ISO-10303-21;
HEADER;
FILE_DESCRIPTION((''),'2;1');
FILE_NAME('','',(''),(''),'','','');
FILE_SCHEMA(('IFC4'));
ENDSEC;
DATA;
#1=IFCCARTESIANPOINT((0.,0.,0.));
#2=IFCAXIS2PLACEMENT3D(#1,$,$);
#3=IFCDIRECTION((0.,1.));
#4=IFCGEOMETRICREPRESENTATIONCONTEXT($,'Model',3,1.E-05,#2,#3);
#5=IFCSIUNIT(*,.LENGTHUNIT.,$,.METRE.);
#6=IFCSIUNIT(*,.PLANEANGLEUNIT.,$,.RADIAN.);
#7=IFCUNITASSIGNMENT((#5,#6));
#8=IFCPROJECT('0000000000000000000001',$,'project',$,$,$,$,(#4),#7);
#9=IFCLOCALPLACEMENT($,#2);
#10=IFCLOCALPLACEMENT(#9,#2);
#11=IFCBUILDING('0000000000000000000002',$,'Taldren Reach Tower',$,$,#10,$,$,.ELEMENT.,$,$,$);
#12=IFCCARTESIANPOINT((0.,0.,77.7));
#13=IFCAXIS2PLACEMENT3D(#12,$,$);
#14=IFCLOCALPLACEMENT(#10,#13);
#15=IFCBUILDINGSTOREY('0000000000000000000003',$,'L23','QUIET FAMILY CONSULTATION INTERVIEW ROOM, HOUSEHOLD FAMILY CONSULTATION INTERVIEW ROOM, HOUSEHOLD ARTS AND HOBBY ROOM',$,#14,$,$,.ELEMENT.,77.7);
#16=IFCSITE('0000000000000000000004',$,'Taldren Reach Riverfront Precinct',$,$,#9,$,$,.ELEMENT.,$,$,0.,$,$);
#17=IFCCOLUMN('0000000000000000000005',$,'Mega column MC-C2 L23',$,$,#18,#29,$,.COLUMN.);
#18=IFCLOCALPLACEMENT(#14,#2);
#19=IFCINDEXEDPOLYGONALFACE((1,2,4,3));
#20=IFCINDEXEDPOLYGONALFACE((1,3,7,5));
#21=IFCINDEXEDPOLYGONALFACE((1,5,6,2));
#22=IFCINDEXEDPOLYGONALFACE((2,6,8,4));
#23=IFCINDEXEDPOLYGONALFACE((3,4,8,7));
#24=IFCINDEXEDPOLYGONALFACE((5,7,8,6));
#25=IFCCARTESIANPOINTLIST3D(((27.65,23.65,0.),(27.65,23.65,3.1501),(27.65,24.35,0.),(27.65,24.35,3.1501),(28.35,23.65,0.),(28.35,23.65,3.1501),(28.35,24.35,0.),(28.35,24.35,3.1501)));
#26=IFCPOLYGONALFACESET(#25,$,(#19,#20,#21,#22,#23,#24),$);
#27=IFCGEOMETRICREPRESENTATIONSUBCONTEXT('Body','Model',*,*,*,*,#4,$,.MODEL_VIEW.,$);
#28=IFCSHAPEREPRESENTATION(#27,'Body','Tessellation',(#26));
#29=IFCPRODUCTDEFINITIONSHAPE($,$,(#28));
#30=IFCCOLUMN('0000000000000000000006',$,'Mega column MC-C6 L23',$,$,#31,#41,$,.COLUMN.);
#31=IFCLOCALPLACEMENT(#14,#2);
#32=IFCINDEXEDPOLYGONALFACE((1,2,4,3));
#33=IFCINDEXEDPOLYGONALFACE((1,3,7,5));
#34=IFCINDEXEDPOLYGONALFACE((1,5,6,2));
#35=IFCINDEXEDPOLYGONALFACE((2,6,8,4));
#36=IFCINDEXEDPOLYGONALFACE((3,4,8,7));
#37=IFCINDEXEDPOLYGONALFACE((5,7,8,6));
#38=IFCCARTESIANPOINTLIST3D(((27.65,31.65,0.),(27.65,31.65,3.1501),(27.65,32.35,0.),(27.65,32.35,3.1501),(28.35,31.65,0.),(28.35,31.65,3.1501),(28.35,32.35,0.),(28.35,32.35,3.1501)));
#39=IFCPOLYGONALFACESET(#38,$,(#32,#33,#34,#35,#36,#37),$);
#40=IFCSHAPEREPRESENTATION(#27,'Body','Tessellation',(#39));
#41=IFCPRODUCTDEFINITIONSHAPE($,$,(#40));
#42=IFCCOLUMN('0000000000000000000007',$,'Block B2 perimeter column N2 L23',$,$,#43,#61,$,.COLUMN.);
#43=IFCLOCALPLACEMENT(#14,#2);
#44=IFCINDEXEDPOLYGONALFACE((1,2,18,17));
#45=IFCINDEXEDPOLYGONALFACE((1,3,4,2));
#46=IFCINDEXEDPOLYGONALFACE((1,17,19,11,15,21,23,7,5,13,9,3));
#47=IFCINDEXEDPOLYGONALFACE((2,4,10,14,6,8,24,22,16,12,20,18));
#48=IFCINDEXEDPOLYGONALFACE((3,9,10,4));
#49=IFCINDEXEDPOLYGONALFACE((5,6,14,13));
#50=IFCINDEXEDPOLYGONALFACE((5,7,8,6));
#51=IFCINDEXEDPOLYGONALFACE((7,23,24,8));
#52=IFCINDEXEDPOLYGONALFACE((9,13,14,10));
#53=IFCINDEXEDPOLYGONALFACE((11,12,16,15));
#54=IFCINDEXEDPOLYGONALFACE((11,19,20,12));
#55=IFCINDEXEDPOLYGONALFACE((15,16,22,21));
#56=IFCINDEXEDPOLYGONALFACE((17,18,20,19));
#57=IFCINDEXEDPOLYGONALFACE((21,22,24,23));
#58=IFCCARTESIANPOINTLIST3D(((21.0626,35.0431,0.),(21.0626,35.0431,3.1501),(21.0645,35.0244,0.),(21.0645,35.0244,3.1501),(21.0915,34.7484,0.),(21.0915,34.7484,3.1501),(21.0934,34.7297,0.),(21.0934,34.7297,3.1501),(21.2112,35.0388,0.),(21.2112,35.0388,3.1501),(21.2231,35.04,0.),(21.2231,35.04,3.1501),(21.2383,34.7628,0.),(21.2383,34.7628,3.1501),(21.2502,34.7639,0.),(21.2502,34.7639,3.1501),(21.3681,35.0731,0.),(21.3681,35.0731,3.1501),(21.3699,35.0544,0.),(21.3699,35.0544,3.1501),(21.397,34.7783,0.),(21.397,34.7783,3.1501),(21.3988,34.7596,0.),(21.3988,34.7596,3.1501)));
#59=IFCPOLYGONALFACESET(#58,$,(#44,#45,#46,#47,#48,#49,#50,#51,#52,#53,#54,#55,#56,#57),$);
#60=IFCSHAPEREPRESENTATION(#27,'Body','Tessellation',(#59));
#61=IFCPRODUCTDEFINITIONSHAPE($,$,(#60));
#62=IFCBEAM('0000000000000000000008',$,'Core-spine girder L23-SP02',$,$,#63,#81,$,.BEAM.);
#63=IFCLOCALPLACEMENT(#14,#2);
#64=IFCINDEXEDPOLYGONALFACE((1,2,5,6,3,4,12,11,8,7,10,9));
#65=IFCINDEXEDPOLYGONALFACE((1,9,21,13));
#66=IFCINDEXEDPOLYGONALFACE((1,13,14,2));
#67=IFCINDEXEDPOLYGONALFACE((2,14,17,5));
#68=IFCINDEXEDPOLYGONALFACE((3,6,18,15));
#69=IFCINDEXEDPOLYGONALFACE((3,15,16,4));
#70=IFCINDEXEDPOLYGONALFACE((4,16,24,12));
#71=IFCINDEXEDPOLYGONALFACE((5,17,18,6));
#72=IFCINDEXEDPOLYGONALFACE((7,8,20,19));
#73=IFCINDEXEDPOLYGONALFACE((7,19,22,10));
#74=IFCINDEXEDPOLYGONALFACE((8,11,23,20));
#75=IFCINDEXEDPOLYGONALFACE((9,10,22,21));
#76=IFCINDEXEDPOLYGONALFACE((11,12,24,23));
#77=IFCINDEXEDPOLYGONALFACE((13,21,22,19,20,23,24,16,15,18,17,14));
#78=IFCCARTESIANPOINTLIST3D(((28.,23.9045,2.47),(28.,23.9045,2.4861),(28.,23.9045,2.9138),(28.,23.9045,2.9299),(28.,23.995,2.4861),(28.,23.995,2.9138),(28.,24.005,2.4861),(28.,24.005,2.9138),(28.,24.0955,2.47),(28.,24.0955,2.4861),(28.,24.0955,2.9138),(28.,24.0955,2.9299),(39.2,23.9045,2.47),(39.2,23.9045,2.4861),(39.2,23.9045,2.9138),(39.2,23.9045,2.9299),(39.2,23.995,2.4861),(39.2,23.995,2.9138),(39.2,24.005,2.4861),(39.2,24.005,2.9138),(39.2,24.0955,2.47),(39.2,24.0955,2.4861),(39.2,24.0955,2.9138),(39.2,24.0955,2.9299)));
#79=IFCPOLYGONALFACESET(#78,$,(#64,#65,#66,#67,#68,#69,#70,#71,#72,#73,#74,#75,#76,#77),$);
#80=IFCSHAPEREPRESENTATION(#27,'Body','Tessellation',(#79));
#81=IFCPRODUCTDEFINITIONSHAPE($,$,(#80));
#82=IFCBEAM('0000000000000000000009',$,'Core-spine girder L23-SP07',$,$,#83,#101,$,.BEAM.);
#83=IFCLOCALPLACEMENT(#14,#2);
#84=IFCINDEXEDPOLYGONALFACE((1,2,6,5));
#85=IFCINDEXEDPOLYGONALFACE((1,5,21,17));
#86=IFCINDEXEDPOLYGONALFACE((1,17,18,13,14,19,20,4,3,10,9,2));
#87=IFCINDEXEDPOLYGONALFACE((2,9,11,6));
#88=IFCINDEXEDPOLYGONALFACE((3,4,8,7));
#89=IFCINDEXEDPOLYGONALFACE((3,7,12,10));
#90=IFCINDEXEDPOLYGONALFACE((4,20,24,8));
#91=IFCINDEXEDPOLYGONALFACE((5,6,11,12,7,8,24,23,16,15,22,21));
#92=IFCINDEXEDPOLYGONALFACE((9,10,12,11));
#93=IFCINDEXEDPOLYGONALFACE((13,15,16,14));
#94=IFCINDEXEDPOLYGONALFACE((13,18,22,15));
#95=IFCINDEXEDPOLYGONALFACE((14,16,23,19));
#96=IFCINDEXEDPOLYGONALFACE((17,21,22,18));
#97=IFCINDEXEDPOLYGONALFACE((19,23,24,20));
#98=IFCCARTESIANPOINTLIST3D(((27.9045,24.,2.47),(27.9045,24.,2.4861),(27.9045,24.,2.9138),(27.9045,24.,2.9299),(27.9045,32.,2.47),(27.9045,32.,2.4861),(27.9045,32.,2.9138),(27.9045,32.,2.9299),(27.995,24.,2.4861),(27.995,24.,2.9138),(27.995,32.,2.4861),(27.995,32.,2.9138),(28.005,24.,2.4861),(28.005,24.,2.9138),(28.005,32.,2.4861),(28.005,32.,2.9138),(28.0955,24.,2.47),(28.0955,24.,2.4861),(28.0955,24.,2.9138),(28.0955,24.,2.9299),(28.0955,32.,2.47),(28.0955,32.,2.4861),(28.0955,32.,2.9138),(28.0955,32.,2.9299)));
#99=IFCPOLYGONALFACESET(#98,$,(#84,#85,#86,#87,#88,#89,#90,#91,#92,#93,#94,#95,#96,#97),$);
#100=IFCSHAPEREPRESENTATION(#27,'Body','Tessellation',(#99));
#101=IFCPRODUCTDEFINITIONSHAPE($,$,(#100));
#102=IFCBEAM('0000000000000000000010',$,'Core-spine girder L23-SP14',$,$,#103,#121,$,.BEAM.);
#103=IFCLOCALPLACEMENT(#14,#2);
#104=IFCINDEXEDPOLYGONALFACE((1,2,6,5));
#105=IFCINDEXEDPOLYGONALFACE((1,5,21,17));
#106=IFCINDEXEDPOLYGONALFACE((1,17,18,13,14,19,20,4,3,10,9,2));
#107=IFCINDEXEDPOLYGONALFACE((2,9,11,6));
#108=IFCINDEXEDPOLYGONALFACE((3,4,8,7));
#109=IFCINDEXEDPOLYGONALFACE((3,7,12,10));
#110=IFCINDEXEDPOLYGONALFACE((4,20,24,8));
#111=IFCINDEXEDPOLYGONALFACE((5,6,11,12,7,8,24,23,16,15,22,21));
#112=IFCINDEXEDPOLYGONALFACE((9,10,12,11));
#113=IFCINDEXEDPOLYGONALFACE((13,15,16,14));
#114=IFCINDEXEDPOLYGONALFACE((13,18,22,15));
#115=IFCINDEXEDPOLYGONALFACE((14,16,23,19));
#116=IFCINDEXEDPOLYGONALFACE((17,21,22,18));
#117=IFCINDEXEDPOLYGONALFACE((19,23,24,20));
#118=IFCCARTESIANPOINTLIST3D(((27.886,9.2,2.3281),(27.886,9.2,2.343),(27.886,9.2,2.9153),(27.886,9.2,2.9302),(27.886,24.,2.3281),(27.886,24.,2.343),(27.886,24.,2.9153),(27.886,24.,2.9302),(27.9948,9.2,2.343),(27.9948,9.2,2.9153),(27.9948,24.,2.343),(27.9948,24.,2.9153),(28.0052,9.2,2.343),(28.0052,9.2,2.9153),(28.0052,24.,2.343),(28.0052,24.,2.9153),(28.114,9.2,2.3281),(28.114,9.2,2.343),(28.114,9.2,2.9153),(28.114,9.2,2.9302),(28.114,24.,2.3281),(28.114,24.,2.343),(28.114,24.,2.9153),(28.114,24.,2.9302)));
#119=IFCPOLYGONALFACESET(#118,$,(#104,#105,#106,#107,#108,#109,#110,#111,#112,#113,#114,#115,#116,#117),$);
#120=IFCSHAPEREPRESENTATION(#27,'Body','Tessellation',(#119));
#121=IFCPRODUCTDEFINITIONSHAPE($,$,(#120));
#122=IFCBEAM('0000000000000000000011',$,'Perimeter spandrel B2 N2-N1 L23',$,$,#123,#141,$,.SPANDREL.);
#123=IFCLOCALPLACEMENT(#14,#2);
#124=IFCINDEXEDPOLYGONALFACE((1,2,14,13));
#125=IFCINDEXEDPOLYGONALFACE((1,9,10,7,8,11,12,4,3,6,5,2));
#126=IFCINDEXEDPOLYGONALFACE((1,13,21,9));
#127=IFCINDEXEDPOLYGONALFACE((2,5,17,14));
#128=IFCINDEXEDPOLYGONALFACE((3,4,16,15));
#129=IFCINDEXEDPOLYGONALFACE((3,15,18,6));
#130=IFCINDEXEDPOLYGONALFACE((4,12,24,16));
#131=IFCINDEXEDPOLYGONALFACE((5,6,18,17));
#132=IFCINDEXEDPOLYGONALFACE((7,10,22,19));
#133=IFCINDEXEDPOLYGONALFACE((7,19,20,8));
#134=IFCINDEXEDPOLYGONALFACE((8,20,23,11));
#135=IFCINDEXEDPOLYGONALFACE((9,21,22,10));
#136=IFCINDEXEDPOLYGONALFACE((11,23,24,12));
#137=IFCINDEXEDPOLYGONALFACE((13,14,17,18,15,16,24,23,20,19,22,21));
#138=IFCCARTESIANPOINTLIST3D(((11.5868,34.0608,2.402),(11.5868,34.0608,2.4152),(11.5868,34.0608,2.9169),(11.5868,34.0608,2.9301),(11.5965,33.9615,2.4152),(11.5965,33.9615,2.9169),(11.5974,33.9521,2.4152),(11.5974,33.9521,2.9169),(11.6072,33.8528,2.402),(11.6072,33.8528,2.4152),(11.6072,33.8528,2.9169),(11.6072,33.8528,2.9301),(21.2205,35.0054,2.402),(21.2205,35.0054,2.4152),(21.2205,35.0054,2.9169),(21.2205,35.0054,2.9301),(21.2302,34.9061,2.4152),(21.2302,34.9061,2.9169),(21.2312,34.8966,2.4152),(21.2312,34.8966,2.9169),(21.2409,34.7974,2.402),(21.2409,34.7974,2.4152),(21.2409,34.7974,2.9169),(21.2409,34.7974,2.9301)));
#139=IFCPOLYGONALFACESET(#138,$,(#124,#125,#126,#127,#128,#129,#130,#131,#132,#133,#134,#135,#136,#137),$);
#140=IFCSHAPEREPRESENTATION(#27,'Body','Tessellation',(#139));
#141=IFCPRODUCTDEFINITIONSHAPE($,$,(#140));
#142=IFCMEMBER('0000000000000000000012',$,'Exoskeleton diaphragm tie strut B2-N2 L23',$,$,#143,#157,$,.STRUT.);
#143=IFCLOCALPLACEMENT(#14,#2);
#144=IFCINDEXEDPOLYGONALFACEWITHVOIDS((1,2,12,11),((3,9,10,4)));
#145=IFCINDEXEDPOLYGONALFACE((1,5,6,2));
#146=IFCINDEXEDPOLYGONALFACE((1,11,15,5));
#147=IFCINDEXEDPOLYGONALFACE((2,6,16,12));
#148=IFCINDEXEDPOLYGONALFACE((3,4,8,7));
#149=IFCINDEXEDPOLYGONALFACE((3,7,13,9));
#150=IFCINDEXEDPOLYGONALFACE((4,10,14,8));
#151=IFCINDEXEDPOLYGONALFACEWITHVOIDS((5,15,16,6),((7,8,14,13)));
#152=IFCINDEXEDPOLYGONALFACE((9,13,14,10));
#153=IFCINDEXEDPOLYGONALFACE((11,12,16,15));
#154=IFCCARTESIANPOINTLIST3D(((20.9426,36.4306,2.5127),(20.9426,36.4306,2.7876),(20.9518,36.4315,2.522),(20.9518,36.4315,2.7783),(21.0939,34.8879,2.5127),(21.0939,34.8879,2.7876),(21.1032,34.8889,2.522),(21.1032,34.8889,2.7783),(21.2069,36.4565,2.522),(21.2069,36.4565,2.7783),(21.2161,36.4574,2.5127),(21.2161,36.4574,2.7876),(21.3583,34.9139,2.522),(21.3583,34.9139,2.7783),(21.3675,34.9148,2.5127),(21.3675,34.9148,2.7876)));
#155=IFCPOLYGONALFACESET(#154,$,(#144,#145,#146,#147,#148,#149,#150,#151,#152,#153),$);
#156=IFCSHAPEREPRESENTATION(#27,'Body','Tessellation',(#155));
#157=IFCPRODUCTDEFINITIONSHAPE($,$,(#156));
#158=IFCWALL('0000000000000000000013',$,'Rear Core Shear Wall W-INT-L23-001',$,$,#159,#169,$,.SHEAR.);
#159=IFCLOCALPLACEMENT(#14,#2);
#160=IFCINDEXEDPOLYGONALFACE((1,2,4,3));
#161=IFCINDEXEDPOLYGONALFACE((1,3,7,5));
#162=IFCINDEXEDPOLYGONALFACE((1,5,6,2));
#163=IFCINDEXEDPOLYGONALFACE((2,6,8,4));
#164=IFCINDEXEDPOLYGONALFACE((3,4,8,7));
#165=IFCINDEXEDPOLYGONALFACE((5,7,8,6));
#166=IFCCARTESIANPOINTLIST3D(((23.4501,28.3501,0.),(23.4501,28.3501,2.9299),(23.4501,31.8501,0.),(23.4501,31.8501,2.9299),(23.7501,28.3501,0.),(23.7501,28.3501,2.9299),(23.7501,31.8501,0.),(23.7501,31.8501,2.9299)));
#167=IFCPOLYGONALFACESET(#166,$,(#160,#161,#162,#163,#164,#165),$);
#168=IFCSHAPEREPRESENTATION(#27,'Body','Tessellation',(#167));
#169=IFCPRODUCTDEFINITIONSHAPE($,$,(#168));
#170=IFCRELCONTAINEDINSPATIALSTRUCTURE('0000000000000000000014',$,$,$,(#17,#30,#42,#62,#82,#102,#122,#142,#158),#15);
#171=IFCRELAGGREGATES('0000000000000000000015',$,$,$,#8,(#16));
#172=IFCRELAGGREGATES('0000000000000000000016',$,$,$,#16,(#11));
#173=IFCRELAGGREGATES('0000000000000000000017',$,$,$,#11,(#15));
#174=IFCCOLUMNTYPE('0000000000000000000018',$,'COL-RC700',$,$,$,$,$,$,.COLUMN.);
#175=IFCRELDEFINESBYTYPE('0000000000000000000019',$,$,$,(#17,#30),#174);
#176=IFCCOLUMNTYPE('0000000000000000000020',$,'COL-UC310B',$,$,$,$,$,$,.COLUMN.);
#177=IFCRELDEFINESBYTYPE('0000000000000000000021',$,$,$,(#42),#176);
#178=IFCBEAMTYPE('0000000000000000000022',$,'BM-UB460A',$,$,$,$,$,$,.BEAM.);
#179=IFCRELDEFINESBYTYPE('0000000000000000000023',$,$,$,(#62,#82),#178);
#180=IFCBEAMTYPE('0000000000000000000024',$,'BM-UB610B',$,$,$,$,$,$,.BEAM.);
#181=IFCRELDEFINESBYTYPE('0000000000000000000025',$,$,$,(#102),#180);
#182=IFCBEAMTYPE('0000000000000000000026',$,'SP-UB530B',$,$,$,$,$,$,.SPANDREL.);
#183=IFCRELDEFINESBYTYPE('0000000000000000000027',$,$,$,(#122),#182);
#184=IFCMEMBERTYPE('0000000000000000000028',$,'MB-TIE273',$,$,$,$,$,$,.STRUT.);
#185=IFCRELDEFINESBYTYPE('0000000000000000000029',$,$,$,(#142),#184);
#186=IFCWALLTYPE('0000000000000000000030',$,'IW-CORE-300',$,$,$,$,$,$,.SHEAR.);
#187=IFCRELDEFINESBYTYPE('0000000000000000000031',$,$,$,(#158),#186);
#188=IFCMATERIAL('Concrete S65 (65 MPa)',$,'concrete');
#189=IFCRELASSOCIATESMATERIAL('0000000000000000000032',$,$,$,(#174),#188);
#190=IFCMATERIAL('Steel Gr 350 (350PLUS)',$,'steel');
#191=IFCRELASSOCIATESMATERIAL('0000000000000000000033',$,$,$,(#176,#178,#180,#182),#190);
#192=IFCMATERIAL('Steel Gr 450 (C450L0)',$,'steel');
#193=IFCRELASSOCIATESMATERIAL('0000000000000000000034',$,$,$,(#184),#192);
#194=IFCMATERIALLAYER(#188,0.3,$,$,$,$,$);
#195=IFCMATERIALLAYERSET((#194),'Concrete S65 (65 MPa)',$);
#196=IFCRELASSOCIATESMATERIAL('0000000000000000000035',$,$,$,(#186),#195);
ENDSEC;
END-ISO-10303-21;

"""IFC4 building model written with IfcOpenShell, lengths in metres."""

from ifc_helpers import new_model, si_unit, direction, frame, frame_2d, origin, origin_2d, place, context, subcontext, project, spatial, rectangle, hollow_rectangle, i_section, extrude, source, transform, mapped, material, layer, layer_set, material_profile, profile_set, type_object, element, save


model = new_model("IFC4")

# Units and contexts
model_context = context("Model", 3, precision=1e-05, world=origin(), true_north=direction((0.0, 1.0)))
body_context = subcontext(model_context, "Body", "Model", "MODEL_VIEW")
ifc_project = project(units=[si_unit("LENGTHUNIT", "METRE"), si_unit("PLANEANGLEUNIT", "RADIAN")], contexts=[model_context])

# Site, building, storey
site_placement = place(None, origin())
site = spatial("IfcSite", under=ifc_project, at=site_placement, Name="Taldren Reach Riverfront Precinct", CompositionType="ELEMENT", RefElevation=0.0)
building_placement = place(site_placement, origin())
building = spatial("IfcBuilding", under=site, at=building_placement, Name="Taldren Reach Tower", CompositionType="ELEMENT")
storey_placement = place(building_placement, frame((0.0, 0.0, 77.7)))
storey = spatial("IfcBuildingStorey", under=building, at=storey_placement, Name="L23", Description="QUIET FAMILY CONSULTATION INTERVIEW ROOM, HOUSEHOLD FAMILY CONSULTATION INTERVIEW ROOM, HOUSEHOLD ARTS AND HOBBY ROOM", CompositionType="ELEMENT", Elevation=77.7)

# Columns
ifc_material_1 = material(Name="Concrete S65 (65 MPa)", Category="concrete")
ifc_material_profile_1 = material_profile(ifc_material_1, rectangle(XDim=0.7, YDim=0.7, at=origin_2d()), Name="RC-700x700")
ifc_profile_set_1 = profile_set([ifc_material_profile_1], Name="Concrete S65 (65 MPa)")
column_type_1 = type_object("IfcColumnType", Name="COL-RC700", PredefinedType="COLUMN", material=ifc_profile_set_1)
shared_shape_1 = source(origin(), body_context, "Body", "SweptSolid", [
    extrude(rectangle(XDim=0.7, YDim=0.7, at=origin_2d()), origin(), (0.0, 0.0, 1.0), 3.1501),
])
for number, where, z_axis, x_axis, name in (
    (1, (28.0, 24.0, 0.0), (0.0, 0.0, 1.0), (1.0, 0.0, 0.0), "Mega column MC-C2 L23"),
    (2, (28.0, 32.0, 0.0), (0.0, 0.0, 1.0), (1.0, 0.0, 0.0), "Mega column MC-C6 L23"),
):
    element("IfcColumn", number, at=place(storey_placement, frame(where, z_axis=z_axis, x_axis=x_axis)), inside=storey, type_object=column_type_1, Name=name, PredefinedType="COLUMN", context=body_context, shape_type="MappedRepresentation", body=[
        mapped(shared_shape_1, transform((0.0, 0.0, 0.0), scale=1.0)),
    ])
ifc_material_2 = material(Name="Steel Gr 350 (350PLUS)", Category="steel")
ifc_material_profile_2 = material_profile(ifc_material_2, i_section(OverallWidth=0.3069, OverallDepth=0.3149, WebThickness=0.012, FlangeThickness=0.0188, at=origin_2d()), Name="310UC118")
ifc_profile_set_2 = profile_set([ifc_material_profile_2], Name="Steel Gr 350 (350PLUS)")
column_type_2 = type_object("IfcColumnType", Name="COL-UC310B", PredefinedType="COLUMN", material=ifc_profile_set_2)
shared_shape_2 = source(origin(), body_context, "Body", "SweptSolid", [
    extrude(i_section(OverallWidth=0.3069, OverallDepth=0.3149, WebThickness=0.012, FlangeThickness=0.0188, at=origin_2d()), origin(), (0.0, 0.0, 1.0), 3.1501),
])
column_placement = place(storey_placement, frame((21.2307, 34.9014, 0.0), z_axis=(0.0, 0.0, 1.0), x_axis=(0.995227, 0.097583, 0.0)))
element("IfcColumn", 3, at=column_placement, inside=storey, type_object=column_type_2, Name="Block B2 perimeter column N2 L23", PredefinedType="COLUMN", context=body_context, shape_type="MappedRepresentation", body=[
    mapped(shared_shape_2, transform((0.0, 0.0, 0.0), scale=1.0)),
])

# Beams
ifc_material_profile_3 = material_profile(ifc_material_2, i_section(OverallWidth=0.1909, OverallDepth=0.46, WebThickness=0.01, FlangeThickness=0.0161, at=origin_2d()), Name="460UB82.1")
ifc_profile_set_3 = profile_set([ifc_material_profile_3], Name="Steel Gr 350 (350PLUS)")
beam_type_1 = type_object("IfcBeamType", Name="BM-UB460A", PredefinedType="BEAM", material=ifc_profile_set_3)
shared_shape_3 = source(origin(), body_context, "Body", "SweptSolid", [
    extrude(i_section(OverallWidth=0.1909, OverallDepth=0.46, WebThickness=0.01, FlangeThickness=0.0161, at=origin_2d()), origin(), (0.0, 0.0, 1.0), 11.2),
])
beam_1_placement = place(storey_placement, frame((28.0, 24.0, 2.7), z_axis=(1.0, 0.0, 0.0), x_axis=(0.0, 1.0, 0.0)))
element("IfcBeam", 4, at=beam_1_placement, inside=storey, type_object=beam_type_1, Name="Core-spine girder L23-SP02", PredefinedType="BEAM", context=body_context, shape_type="MappedRepresentation", body=[
    mapped(shared_shape_3, transform((0.0, 0.0, 0.0), scale=1.0)),
])
shared_shape_4 = source(origin(), body_context, "Body", "SweptSolid", [
    extrude(i_section(OverallWidth=0.1909, OverallDepth=0.46, WebThickness=0.01, FlangeThickness=0.0161, at=origin_2d()), origin(), (0.0, 0.0, 1.0), 8.0),
])
beam_2_placement = place(storey_placement, frame((28.0, 24.0, 2.7), z_axis=(0.0, 1.0, 0.0), x_axis=(-1.0, 0.0, 0.0)))
element("IfcBeam", 5, at=beam_2_placement, inside=storey, type_object=beam_type_1, Name="Core-spine girder L23-SP07", PredefinedType="BEAM", context=body_context, shape_type="MappedRepresentation", body=[
    mapped(shared_shape_4, transform((0.0, 0.0, 0.0), scale=1.0)),
])
ifc_material_profile_4 = material_profile(ifc_material_2, i_section(OverallWidth=0.228, OverallDepth=0.6021, WebThickness=0.0105, FlangeThickness=0.0149, at=origin_2d()), Name="610UB101")
ifc_profile_set_4 = profile_set([ifc_material_profile_4], Name="Steel Gr 350 (350PLUS)")
beam_type_2 = type_object("IfcBeamType", Name="BM-UB610B", PredefinedType="BEAM", material=ifc_profile_set_4)
shared_shape_5 = source(origin(), body_context, "Body", "SweptSolid", [
    extrude(i_section(OverallWidth=0.228, OverallDepth=0.6021, WebThickness=0.0105, FlangeThickness=0.0149, at=origin_2d()), origin(), (0.0, 0.0, 1.0), 14.8),
])
beam_3_placement = place(storey_placement, frame((28.0, 24.0, 2.6292), z_axis=(0.0, -1.0, 0.0), x_axis=(1.0, 0.0, 0.0)))
element("IfcBeam", 6, at=beam_3_placement, inside=storey, type_object=beam_type_2, Name="Core-spine girder L23-SP14", PredefinedType="BEAM", context=body_context, shape_type="MappedRepresentation", body=[
    mapped(shared_shape_5, transform((0.0, 0.0, 0.0), scale=1.0)),
])
ifc_material_profile_5 = material_profile(ifc_material_2, i_section(OverallWidth=0.209, OverallDepth=0.5281, WebThickness=0.0095, FlangeThickness=0.0132, at=origin_2d()), Name="530UB82.0")
ifc_profile_set_5 = profile_set([ifc_material_profile_5], Name="Steel Gr 350 (350PLUS)")
beam_type_3 = type_object("IfcBeamType", Name="SP-UB530B", PredefinedType="SPANDREL", material=ifc_profile_set_5)
shared_shape_6 = source(origin(), body_context, "Body", "SweptSolid", [
    extrude(i_section(OverallWidth=0.209, OverallDepth=0.5281, WebThickness=0.0095, FlangeThickness=0.0132, at=origin_2d()), origin(), (0.0, 0.0, 1.0), 9.6799),
])
beam_4_placement = place(storey_placement, frame((21.2307, 34.9014, 2.666), z_axis=(-0.995228, -0.097581, 0.0), x_axis=(0.097581, -0.995228, 0.0)))
element("IfcBeam", 7, at=beam_4_placement, inside=storey, type_object=beam_type_3, Name="Perimeter spandrel B2 N2-N1 L23", PredefinedType="SPANDREL", context=body_context, shape_type="MappedRepresentation", body=[
    mapped(shared_shape_6, transform((0.0, 0.0, 0.0), scale=1.0)),
])

# Member
ifc_material_3 = material(Name="Steel Gr 450 (C450L0)", Category="steel")
ifc_material_profile_6 = material_profile(ifc_material_3, hollow_rectangle(XDim=0.2749, YDim=0.2749, WallThickness=0.0093, at=origin_2d()), Name="275x275x9.3SHS")
ifc_profile_set_6 = profile_set([ifc_material_profile_6], Name="Steel Gr 450 (C450L0)")
member_type = type_object("IfcMemberType", Name="MB-TIE273", PredefinedType="STRUT", material=ifc_profile_set_6)
shared_shape_7 = source(origin(), body_context, "Body", "SweptSolid", [
    extrude(hollow_rectangle(XDim=0.2749, YDim=0.2749, WallThickness=0.0093, at=origin_2d()), origin(), (0.0, 0.0, 1.0), 1.55),
])
member_placement = place(storey_placement, frame((21.2307, 34.9014, 2.6501), z_axis=(-0.097648, 0.995221, 0.0), x_axis=(-0.995221, -0.097648, 0.0)))
element("IfcMember", 8, at=member_placement, inside=storey, type_object=member_type, Name="Exoskeleton diaphragm tie strut B2-N2 L23", PredefinedType="STRUT", context=body_context, shape_type="MappedRepresentation", body=[
    mapped(shared_shape_7, transform((0.0, 0.0, 0.0), scale=1.0)),
])

# Wall
ifc_layer_1 = layer(ifc_material_1, 0.3)
ifc_layer_set_1 = layer_set([ifc_layer_1], Name="Concrete S65 (65 MPa)")
wall_type_1 = type_object("IfcWallType", Name="IW-CORE-300", PredefinedType="SHEAR", material=ifc_layer_set_1)
shared_shape_8 = source(origin(), body_context, "Body", "SweptSolid", [
    extrude(rectangle(XDim=3.5, YDim=0.3, at=frame_2d((1.75, 0.0))), origin(), (0.0, 0.0, 1.0), 2.9299),
])
for number, where, z_axis, x_axis, name in (
    (9, (23.6001, 28.3501, 0.0), (0.0, 0.0, 1.0), (0.0, 1.0, 0.0), "Rear Core Shear Wall W-INT-L23-001"),
):
    element("IfcWall", number, at=place(storey_placement, frame(where, z_axis=z_axis, x_axis=x_axis)), inside=storey, type_object=wall_type_1, Name=name, PredefinedType="SHEAR", context=body_context, shape_type="MappedRepresentation", body=[
        mapped(shared_shape_8, transform((0.0, 0.0, 0.0), scale=1.0)),
    ])

save(model, "model.ifc")
